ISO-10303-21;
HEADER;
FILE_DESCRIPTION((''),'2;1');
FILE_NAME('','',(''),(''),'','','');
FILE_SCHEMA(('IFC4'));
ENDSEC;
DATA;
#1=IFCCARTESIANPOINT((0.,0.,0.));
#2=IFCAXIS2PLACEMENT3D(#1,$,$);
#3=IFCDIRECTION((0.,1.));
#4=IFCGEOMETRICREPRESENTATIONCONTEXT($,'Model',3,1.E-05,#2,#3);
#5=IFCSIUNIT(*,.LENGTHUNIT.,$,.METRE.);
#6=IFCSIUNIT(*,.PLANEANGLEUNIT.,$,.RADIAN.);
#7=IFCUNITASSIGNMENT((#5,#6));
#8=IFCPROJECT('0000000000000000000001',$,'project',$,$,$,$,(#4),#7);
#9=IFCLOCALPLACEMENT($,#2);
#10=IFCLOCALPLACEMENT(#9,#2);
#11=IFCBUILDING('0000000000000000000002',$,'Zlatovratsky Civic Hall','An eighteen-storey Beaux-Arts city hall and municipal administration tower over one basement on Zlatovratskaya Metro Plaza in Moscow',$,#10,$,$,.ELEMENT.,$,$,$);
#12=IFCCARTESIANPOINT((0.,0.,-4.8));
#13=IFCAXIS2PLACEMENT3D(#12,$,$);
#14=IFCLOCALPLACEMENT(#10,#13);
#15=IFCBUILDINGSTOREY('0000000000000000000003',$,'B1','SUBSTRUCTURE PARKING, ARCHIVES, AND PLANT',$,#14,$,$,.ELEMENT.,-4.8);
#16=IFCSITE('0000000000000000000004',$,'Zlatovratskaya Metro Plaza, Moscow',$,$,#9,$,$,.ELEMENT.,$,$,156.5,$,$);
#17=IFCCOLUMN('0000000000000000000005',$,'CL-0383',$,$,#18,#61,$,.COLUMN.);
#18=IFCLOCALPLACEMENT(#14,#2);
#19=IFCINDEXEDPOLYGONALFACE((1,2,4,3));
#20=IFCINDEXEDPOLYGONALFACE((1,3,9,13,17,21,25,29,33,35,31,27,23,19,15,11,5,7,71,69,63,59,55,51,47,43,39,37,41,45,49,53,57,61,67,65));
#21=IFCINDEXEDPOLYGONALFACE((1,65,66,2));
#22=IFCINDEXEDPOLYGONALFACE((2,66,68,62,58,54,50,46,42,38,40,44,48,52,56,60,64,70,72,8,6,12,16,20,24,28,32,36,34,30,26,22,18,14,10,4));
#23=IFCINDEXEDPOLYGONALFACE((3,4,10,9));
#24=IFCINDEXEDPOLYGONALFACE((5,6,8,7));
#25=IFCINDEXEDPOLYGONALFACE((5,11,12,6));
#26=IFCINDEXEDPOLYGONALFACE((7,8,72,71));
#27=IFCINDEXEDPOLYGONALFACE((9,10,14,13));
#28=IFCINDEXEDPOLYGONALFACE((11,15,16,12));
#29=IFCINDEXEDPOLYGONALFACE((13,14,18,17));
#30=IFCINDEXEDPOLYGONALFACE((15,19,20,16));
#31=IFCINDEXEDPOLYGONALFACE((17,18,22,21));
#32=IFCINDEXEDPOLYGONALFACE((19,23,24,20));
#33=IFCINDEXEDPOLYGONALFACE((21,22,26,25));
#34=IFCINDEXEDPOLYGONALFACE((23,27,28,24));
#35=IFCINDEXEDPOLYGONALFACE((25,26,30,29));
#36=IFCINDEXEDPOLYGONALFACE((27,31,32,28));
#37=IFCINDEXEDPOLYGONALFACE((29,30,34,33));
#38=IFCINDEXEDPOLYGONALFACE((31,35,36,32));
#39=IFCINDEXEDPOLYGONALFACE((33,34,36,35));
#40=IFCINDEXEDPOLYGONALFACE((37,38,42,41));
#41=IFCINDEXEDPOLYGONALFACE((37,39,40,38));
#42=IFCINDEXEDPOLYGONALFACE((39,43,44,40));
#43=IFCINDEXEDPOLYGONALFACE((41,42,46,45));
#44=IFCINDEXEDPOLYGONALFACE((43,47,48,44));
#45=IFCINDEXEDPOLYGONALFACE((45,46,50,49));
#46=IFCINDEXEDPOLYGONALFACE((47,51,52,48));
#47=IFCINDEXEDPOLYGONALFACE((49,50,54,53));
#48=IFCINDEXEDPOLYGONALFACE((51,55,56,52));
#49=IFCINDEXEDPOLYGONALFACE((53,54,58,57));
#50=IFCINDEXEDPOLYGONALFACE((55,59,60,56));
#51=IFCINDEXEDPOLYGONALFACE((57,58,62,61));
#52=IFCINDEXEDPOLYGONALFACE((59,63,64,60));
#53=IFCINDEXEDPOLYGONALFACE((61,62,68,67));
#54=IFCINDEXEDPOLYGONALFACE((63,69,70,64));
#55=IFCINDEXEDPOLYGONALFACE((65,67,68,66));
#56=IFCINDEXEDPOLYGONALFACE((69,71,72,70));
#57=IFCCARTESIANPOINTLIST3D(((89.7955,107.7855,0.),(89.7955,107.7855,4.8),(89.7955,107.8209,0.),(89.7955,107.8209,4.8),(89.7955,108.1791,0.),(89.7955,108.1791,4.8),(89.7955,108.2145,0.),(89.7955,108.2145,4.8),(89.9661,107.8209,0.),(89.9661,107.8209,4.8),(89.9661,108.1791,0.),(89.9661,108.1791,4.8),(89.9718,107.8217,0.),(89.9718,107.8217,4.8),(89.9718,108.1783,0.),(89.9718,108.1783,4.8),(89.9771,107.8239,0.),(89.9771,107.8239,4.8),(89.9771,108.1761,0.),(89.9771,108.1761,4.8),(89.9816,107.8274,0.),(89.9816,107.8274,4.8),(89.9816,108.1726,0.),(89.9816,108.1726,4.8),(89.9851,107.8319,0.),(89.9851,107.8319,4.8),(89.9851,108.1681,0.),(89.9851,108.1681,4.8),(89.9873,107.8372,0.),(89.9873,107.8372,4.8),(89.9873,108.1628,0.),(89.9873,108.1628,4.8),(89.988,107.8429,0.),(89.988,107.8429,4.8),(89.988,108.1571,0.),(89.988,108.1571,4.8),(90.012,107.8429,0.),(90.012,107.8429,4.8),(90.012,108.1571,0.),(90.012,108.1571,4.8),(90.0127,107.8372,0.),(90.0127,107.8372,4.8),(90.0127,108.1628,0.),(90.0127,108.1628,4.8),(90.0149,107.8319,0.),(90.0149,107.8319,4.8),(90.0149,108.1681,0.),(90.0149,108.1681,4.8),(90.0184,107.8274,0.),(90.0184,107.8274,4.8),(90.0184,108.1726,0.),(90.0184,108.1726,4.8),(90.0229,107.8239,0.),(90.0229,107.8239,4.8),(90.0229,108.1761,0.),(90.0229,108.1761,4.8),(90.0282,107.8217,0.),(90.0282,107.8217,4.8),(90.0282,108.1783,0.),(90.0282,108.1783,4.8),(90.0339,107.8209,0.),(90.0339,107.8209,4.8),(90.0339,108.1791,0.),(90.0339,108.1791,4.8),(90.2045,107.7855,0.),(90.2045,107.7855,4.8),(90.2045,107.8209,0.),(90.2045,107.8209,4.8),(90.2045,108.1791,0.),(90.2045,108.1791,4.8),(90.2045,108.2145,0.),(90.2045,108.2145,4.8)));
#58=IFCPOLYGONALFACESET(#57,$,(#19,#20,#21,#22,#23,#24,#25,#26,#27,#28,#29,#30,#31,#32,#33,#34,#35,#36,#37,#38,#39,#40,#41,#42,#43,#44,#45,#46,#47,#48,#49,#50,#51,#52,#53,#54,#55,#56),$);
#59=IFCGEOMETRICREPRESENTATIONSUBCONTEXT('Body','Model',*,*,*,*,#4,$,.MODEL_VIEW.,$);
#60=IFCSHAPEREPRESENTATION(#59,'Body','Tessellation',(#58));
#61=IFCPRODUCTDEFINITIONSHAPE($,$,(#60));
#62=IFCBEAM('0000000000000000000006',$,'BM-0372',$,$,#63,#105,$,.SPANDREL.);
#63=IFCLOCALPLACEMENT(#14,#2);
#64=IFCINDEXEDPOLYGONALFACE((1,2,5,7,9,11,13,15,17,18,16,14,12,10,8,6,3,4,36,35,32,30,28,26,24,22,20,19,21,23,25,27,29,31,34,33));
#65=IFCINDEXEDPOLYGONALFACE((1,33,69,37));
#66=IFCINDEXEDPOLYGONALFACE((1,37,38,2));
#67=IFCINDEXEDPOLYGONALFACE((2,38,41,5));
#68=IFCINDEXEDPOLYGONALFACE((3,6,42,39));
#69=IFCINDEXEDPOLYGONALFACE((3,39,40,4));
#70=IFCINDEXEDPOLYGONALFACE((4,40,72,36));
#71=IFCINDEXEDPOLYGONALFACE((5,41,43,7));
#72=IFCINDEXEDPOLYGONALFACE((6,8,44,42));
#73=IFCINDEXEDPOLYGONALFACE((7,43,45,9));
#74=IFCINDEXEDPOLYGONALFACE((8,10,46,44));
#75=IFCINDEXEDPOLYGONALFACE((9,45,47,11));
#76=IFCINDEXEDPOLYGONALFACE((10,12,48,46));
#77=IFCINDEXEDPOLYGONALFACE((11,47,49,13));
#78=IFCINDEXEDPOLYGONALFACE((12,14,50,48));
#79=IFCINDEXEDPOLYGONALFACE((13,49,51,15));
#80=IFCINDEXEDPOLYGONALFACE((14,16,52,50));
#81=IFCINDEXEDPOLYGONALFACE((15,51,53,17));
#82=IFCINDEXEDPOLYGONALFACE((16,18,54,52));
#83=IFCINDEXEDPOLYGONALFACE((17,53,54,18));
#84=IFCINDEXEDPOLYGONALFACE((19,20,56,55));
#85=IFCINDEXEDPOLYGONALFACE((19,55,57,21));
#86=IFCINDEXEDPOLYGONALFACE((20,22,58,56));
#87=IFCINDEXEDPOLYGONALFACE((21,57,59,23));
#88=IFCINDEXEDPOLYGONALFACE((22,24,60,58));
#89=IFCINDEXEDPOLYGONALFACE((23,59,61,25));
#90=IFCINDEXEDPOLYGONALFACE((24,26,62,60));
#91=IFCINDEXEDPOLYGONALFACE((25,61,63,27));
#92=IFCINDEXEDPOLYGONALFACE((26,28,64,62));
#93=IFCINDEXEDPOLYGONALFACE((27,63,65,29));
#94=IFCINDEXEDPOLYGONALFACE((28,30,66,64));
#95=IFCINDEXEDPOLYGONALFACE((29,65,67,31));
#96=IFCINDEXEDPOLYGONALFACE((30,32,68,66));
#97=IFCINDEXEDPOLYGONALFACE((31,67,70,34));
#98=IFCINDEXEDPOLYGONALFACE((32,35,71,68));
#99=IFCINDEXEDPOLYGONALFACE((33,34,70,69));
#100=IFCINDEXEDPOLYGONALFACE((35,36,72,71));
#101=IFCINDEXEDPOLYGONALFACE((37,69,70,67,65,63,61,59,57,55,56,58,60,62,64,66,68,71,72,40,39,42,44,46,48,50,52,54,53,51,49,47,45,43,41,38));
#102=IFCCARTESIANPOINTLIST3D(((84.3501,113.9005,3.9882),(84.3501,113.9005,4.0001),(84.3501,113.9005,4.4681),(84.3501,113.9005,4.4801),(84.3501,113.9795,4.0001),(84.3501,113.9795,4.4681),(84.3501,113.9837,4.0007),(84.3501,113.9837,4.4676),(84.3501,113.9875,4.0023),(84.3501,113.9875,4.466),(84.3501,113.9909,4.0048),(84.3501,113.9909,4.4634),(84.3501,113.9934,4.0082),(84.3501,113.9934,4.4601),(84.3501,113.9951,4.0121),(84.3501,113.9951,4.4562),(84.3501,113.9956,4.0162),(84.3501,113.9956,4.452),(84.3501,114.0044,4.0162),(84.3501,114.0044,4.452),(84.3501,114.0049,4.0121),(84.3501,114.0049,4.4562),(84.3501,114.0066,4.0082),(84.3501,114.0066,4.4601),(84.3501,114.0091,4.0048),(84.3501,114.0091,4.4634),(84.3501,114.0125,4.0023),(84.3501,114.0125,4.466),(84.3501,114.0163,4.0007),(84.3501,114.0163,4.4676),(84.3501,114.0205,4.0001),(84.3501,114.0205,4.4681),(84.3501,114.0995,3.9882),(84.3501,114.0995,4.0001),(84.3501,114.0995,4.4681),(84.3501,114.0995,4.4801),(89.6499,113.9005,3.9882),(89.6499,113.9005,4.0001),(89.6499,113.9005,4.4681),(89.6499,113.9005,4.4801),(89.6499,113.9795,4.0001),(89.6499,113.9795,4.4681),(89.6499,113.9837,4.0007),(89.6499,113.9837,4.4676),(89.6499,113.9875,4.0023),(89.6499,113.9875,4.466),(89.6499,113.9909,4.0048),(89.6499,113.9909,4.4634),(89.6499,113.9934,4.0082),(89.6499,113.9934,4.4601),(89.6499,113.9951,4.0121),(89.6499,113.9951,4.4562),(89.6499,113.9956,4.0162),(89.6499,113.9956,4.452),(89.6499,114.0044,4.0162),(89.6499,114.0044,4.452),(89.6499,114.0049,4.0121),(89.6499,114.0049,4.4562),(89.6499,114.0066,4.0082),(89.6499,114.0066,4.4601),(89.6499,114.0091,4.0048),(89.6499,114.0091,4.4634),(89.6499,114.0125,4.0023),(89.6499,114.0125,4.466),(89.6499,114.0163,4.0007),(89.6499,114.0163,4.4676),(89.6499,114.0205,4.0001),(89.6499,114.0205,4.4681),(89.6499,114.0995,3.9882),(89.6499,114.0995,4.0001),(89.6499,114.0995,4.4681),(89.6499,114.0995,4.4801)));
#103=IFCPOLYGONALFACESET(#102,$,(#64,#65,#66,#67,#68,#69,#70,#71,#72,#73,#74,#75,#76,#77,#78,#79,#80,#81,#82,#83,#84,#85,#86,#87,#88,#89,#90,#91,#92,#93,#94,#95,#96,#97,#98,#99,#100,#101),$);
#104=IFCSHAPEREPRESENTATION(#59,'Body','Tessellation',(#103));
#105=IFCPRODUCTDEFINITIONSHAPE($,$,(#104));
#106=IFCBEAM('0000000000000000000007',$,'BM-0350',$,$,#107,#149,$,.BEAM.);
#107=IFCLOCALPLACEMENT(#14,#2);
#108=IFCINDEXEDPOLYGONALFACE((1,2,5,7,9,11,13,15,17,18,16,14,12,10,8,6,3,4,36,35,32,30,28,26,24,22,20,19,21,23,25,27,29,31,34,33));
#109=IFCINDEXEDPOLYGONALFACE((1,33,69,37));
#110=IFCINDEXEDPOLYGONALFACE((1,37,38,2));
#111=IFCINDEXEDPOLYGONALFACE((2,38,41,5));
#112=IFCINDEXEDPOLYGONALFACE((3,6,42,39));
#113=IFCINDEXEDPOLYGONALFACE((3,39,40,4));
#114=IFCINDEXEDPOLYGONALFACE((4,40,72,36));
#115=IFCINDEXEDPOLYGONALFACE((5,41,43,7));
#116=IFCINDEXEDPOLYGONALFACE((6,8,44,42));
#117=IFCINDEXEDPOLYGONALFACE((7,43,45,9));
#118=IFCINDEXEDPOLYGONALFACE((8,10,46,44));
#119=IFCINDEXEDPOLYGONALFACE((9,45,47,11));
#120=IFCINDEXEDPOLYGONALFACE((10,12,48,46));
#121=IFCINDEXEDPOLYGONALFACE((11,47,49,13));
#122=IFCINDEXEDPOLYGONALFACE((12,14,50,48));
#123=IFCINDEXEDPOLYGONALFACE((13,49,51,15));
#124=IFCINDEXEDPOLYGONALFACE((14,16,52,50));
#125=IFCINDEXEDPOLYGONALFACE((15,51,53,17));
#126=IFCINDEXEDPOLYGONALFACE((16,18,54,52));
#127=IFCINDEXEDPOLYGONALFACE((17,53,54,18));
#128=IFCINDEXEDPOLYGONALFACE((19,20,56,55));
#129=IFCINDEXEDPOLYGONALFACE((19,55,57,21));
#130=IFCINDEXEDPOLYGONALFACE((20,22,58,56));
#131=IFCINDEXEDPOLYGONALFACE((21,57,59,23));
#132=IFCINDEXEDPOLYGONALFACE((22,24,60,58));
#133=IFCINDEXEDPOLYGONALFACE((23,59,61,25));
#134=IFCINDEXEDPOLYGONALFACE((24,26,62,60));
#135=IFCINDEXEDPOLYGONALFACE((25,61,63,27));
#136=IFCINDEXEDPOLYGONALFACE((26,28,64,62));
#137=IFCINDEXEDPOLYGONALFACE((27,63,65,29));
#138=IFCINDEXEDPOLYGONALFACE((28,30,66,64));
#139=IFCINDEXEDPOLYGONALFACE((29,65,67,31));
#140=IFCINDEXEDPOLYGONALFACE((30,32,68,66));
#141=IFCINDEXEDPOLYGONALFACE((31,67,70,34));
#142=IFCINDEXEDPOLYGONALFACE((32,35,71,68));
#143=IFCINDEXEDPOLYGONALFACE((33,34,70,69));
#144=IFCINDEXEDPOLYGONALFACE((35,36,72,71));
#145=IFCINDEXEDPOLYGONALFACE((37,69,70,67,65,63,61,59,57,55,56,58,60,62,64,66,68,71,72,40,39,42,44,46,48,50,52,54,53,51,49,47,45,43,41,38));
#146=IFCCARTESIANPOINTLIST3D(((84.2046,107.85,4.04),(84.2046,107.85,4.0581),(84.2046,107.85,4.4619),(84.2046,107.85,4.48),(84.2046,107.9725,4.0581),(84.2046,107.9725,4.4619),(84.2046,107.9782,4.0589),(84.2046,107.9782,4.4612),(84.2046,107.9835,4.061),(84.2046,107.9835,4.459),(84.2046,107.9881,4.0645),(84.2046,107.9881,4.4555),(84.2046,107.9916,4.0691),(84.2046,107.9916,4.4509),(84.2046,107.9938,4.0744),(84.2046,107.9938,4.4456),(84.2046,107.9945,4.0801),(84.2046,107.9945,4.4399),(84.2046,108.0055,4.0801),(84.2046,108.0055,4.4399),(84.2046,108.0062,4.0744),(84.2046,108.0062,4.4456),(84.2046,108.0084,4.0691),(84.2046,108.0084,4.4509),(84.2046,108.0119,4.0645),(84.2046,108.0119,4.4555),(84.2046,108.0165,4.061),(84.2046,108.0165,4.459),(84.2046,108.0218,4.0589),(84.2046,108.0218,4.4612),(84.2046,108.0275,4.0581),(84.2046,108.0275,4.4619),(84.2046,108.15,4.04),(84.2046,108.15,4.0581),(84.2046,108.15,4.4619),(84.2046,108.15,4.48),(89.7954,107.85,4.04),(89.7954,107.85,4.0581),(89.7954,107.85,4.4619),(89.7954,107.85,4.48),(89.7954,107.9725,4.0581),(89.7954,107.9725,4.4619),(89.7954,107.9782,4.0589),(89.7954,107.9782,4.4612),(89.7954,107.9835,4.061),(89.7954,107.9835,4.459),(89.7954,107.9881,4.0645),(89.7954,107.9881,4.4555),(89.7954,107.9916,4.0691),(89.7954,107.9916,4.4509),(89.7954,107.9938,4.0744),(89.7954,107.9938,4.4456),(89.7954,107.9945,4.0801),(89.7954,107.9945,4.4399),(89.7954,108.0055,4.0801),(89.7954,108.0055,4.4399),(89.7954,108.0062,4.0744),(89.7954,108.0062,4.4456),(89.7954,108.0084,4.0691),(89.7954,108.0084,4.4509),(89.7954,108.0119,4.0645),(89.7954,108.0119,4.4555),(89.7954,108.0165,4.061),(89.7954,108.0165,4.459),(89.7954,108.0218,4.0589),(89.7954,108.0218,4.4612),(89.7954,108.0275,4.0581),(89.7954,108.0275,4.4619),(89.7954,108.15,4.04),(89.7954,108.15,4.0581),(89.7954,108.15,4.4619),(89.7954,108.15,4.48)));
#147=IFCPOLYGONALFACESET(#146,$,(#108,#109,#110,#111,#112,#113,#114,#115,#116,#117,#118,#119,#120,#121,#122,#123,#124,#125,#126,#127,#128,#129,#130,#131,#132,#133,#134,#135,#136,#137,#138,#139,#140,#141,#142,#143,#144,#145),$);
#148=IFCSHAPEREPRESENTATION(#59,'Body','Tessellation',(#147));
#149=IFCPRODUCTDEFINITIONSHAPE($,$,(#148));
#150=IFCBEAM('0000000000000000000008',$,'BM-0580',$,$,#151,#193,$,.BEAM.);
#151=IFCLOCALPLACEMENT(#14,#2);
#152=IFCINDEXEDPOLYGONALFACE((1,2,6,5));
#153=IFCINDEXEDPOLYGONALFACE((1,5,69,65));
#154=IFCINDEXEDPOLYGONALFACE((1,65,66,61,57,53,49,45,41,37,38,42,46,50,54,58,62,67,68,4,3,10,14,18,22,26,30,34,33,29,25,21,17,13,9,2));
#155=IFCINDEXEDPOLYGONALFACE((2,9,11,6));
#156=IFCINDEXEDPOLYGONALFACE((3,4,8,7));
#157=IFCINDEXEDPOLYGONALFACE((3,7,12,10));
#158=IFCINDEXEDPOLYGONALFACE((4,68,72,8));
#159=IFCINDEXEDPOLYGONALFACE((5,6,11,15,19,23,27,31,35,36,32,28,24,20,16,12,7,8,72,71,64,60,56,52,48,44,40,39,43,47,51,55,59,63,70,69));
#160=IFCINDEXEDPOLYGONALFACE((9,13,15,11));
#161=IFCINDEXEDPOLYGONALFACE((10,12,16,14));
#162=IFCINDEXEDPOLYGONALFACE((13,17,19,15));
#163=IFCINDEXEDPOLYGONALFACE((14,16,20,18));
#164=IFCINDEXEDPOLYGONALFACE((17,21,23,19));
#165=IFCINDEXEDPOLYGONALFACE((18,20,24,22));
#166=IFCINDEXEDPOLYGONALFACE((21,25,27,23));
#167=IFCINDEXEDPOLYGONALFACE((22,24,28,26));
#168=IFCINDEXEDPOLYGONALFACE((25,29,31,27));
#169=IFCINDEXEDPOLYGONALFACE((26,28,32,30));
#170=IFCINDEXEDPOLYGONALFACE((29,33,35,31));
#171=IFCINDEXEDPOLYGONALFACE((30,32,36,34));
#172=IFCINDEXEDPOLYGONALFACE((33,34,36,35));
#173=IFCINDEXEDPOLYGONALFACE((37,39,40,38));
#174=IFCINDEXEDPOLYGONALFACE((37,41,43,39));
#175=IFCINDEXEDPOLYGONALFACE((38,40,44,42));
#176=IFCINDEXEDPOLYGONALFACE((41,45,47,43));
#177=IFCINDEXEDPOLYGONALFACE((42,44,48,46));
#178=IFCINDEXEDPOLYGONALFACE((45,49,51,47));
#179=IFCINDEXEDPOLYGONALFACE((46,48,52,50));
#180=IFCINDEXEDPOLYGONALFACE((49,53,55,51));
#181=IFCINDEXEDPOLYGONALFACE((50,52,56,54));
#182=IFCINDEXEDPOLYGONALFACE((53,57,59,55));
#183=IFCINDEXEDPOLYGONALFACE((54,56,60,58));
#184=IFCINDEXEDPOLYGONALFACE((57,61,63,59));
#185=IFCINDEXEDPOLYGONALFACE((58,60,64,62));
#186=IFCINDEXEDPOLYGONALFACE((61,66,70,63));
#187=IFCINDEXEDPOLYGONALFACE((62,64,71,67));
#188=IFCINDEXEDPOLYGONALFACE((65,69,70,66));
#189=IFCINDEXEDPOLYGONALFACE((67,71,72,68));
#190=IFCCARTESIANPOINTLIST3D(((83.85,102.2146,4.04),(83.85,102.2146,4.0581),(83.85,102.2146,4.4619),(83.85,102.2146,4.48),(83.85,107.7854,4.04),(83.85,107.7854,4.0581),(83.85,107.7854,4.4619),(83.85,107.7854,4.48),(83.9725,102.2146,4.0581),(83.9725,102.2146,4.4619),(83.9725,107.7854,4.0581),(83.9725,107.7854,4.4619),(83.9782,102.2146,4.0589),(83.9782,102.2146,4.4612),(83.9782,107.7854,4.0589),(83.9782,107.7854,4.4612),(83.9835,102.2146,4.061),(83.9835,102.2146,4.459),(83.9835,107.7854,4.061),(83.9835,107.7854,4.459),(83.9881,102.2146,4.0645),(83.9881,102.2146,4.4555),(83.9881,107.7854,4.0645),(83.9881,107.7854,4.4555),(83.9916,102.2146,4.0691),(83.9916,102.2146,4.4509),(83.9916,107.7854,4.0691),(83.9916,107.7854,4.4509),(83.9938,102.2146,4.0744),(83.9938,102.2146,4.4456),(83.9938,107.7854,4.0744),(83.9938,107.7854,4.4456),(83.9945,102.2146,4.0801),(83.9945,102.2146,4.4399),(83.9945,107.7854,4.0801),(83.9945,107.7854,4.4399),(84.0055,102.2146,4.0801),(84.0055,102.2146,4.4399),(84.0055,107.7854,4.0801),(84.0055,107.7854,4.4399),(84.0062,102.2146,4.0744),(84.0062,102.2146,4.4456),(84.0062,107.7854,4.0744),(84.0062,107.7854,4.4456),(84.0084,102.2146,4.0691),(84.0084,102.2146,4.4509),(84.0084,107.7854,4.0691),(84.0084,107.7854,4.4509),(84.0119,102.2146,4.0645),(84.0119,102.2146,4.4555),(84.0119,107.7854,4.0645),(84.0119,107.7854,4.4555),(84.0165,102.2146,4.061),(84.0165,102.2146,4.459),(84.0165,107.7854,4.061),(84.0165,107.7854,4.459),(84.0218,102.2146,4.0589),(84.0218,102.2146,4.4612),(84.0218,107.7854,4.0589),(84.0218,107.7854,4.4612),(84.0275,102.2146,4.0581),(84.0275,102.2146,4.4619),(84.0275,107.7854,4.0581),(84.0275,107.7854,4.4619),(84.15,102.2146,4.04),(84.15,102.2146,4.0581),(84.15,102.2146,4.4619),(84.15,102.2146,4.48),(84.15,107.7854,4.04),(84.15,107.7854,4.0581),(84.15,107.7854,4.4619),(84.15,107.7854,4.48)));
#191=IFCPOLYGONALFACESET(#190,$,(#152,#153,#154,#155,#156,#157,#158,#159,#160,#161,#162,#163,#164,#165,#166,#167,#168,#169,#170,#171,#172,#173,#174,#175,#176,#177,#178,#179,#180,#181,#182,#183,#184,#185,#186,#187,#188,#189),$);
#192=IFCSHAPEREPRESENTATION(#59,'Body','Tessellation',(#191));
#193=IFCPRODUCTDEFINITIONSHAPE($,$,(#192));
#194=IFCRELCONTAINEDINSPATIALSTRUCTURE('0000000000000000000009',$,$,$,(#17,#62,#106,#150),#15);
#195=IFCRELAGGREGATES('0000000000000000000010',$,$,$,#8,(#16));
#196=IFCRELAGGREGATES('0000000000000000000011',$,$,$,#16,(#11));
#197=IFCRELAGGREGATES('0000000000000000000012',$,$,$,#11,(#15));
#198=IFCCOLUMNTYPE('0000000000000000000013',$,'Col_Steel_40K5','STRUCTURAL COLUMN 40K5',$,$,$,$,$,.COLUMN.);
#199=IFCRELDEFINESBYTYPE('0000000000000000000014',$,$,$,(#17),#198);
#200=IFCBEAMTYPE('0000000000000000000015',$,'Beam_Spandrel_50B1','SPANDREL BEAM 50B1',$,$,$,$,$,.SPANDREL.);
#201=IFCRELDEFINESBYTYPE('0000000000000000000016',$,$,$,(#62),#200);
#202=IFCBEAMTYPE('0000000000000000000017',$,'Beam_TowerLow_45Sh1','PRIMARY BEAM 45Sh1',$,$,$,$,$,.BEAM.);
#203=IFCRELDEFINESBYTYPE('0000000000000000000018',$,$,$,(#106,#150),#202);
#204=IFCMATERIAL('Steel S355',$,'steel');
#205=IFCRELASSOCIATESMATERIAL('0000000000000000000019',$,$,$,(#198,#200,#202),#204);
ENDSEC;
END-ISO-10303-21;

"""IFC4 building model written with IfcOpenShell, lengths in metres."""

from ifc_helpers import new_model, si_unit, direction, frame, origin, origin_2d, place, context, subcontext, project, spatial, i_section, extrude, material, material_profile, profile_set, type_object, element, save


model = new_model("IFC4")

# Units and contexts
model_context = context("Model", 3, precision=1e-05, world=origin(), true_north=direction((0.0, 1.0)))
body_context = subcontext(model_context, "Body", "Model", "MODEL_VIEW")
ifc_project = project(units=[si_unit("LENGTHUNIT", "METRE"), si_unit("PLANEANGLEUNIT", "RADIAN")], contexts=[model_context])

# Site, building, storey
site_placement = place(None, origin())
site = spatial("IfcSite", under=ifc_project, at=site_placement, Name="Zlatovratskaya Metro Plaza, Moscow", CompositionType="ELEMENT", RefElevation=156.5)
building_placement = place(site_placement, origin())
building = spatial("IfcBuilding", under=site, at=building_placement, Name="Zlatovratsky Civic Hall", Description="An eighteen-storey Beaux-Arts city hall and municipal administration tower over one basement on Zlatovratskaya Metro Plaza in Moscow", CompositionType="ELEMENT")
storey_placement = place(building_placement, frame((0.0, 0.0, -4.8)))
storey = spatial("IfcBuildingStorey", under=building, at=storey_placement, Name="B1", Description="SUBSTRUCTURE PARKING, ARCHIVES, AND PLANT", CompositionType="ELEMENT", Elevation=-4.8)

# Column
ifc_material_1 = material(Name="Steel S355", Category="steel")
ifc_material_profile_1 = material_profile(ifc_material_1, i_section(OverallWidth=0.4089, OverallDepth=0.429, WebThickness=0.0239, FlangeThickness=0.0354, FilletRadius=0.022, at=origin_2d()), Name="40K5")
ifc_profile_set_1 = profile_set([ifc_material_profile_1], Name="Steel S355")
column_type_1 = type_object("IfcColumnType", Name="Col_Steel_40K5", Description="STRUCTURAL COLUMN 40K5", PredefinedType="COLUMN", material=ifc_profile_set_1)
for number, where, z_axis, x_axis, name in (
    (1, (90.0, 108.0, 0.0), (0.0, 0.0, 1.0), (1.0, 0.0, 0.0), "CL-0383"),
):
    element("IfcColumn", number, at=place(storey_placement, frame(where, z_axis=z_axis, x_axis=x_axis)), inside=storey, type_object=column_type_1, Name=name, PredefinedType="COLUMN", context=body_context, shape_type="SweptSolid", body=[
        extrude(i_section(OverallWidth=0.4089, OverallDepth=0.429, WebThickness=0.0239, FlangeThickness=0.0354, FilletRadius=0.022, at=origin_2d()), origin(), (0.0, 0.0, 1.0), 4.8),
    ])

# Beams
ifc_material_profile_2 = material_profile(ifc_material_1, i_section(OverallWidth=0.199, OverallDepth=0.4919, WebThickness=0.0088, FlangeThickness=0.012, FilletRadius=0.0161, at=origin_2d()), Name="50B1")
ifc_profile_set_2 = profile_set([ifc_material_profile_2], Name="Steel S355")
beam_type_1 = type_object("IfcBeamType", Name="Beam_Spandrel_50B1", Description="SPANDREL BEAM 50B1", PredefinedType="SPANDREL", material=ifc_profile_set_2)
beam_1_placement = place(storey_placement, frame((84.3501, 114.0, 4.2341), z_axis=(1.0, 0.0, 0.0), x_axis=(0.0, 1.0, 0.0)))
element("IfcBeam", 2, at=beam_1_placement, inside=storey, type_object=beam_type_1, Name="BM-0372", PredefinedType="SPANDREL", context=body_context, shape_type="SweptSolid", body=[
    extrude(i_section(OverallWidth=0.199, OverallDepth=0.4919, WebThickness=0.0088, FlangeThickness=0.012, FilletRadius=0.0161, at=origin_2d()), origin(), (0.0, 0.0, 1.0), 5.2998),
])
ifc_material_profile_3 = material_profile(ifc_material_1, i_section(OverallWidth=0.3, OverallDepth=0.4399, WebThickness=0.011, FlangeThickness=0.0181, FilletRadius=0.022, at=origin_2d()), Name="45Sh1")
ifc_profile_set_3 = profile_set([ifc_material_profile_3], Name="Steel S355")
beam_type_2 = type_object("IfcBeamType", Name="Beam_TowerLow_45Sh1", Description="PRIMARY BEAM 45Sh1", PredefinedType="BEAM", material=ifc_profile_set_3)
beam_2_placement = place(storey_placement, frame((84.2046, 108.0, 4.26), z_axis=(1.0, 0.0, 0.0), x_axis=(0.0, 1.0, 0.0)))
element("IfcBeam", 3, at=beam_2_placement, inside=storey, type_object=beam_type_2, Name="BM-0350", PredefinedType="BEAM", context=body_context, shape_type="SweptSolid", body=[
    extrude(i_section(OverallWidth=0.3, OverallDepth=0.4399, WebThickness=0.011, FlangeThickness=0.0181, FilletRadius=0.022, at=origin_2d()), origin(), (0.0, 0.0, 1.0), 5.5908),
])
beam_3_placement = place(storey_placement, frame((84.0, 102.2146, 4.26), z_axis=(0.0, 1.0, 0.0), x_axis=(-1.0, 0.0, 0.0)))
element("IfcBeam", 4, at=beam_3_placement, inside=storey, type_object=beam_type_2, Name="BM-0580", PredefinedType="BEAM", context=body_context, shape_type="SweptSolid", body=[
    extrude(i_section(OverallWidth=0.3, OverallDepth=0.4399, WebThickness=0.011, FlangeThickness=0.0181, FilletRadius=0.022, at=origin_2d()), origin(), (0.0, 0.0, 1.0), 5.5708),
])

save(model, "model.ifc")
